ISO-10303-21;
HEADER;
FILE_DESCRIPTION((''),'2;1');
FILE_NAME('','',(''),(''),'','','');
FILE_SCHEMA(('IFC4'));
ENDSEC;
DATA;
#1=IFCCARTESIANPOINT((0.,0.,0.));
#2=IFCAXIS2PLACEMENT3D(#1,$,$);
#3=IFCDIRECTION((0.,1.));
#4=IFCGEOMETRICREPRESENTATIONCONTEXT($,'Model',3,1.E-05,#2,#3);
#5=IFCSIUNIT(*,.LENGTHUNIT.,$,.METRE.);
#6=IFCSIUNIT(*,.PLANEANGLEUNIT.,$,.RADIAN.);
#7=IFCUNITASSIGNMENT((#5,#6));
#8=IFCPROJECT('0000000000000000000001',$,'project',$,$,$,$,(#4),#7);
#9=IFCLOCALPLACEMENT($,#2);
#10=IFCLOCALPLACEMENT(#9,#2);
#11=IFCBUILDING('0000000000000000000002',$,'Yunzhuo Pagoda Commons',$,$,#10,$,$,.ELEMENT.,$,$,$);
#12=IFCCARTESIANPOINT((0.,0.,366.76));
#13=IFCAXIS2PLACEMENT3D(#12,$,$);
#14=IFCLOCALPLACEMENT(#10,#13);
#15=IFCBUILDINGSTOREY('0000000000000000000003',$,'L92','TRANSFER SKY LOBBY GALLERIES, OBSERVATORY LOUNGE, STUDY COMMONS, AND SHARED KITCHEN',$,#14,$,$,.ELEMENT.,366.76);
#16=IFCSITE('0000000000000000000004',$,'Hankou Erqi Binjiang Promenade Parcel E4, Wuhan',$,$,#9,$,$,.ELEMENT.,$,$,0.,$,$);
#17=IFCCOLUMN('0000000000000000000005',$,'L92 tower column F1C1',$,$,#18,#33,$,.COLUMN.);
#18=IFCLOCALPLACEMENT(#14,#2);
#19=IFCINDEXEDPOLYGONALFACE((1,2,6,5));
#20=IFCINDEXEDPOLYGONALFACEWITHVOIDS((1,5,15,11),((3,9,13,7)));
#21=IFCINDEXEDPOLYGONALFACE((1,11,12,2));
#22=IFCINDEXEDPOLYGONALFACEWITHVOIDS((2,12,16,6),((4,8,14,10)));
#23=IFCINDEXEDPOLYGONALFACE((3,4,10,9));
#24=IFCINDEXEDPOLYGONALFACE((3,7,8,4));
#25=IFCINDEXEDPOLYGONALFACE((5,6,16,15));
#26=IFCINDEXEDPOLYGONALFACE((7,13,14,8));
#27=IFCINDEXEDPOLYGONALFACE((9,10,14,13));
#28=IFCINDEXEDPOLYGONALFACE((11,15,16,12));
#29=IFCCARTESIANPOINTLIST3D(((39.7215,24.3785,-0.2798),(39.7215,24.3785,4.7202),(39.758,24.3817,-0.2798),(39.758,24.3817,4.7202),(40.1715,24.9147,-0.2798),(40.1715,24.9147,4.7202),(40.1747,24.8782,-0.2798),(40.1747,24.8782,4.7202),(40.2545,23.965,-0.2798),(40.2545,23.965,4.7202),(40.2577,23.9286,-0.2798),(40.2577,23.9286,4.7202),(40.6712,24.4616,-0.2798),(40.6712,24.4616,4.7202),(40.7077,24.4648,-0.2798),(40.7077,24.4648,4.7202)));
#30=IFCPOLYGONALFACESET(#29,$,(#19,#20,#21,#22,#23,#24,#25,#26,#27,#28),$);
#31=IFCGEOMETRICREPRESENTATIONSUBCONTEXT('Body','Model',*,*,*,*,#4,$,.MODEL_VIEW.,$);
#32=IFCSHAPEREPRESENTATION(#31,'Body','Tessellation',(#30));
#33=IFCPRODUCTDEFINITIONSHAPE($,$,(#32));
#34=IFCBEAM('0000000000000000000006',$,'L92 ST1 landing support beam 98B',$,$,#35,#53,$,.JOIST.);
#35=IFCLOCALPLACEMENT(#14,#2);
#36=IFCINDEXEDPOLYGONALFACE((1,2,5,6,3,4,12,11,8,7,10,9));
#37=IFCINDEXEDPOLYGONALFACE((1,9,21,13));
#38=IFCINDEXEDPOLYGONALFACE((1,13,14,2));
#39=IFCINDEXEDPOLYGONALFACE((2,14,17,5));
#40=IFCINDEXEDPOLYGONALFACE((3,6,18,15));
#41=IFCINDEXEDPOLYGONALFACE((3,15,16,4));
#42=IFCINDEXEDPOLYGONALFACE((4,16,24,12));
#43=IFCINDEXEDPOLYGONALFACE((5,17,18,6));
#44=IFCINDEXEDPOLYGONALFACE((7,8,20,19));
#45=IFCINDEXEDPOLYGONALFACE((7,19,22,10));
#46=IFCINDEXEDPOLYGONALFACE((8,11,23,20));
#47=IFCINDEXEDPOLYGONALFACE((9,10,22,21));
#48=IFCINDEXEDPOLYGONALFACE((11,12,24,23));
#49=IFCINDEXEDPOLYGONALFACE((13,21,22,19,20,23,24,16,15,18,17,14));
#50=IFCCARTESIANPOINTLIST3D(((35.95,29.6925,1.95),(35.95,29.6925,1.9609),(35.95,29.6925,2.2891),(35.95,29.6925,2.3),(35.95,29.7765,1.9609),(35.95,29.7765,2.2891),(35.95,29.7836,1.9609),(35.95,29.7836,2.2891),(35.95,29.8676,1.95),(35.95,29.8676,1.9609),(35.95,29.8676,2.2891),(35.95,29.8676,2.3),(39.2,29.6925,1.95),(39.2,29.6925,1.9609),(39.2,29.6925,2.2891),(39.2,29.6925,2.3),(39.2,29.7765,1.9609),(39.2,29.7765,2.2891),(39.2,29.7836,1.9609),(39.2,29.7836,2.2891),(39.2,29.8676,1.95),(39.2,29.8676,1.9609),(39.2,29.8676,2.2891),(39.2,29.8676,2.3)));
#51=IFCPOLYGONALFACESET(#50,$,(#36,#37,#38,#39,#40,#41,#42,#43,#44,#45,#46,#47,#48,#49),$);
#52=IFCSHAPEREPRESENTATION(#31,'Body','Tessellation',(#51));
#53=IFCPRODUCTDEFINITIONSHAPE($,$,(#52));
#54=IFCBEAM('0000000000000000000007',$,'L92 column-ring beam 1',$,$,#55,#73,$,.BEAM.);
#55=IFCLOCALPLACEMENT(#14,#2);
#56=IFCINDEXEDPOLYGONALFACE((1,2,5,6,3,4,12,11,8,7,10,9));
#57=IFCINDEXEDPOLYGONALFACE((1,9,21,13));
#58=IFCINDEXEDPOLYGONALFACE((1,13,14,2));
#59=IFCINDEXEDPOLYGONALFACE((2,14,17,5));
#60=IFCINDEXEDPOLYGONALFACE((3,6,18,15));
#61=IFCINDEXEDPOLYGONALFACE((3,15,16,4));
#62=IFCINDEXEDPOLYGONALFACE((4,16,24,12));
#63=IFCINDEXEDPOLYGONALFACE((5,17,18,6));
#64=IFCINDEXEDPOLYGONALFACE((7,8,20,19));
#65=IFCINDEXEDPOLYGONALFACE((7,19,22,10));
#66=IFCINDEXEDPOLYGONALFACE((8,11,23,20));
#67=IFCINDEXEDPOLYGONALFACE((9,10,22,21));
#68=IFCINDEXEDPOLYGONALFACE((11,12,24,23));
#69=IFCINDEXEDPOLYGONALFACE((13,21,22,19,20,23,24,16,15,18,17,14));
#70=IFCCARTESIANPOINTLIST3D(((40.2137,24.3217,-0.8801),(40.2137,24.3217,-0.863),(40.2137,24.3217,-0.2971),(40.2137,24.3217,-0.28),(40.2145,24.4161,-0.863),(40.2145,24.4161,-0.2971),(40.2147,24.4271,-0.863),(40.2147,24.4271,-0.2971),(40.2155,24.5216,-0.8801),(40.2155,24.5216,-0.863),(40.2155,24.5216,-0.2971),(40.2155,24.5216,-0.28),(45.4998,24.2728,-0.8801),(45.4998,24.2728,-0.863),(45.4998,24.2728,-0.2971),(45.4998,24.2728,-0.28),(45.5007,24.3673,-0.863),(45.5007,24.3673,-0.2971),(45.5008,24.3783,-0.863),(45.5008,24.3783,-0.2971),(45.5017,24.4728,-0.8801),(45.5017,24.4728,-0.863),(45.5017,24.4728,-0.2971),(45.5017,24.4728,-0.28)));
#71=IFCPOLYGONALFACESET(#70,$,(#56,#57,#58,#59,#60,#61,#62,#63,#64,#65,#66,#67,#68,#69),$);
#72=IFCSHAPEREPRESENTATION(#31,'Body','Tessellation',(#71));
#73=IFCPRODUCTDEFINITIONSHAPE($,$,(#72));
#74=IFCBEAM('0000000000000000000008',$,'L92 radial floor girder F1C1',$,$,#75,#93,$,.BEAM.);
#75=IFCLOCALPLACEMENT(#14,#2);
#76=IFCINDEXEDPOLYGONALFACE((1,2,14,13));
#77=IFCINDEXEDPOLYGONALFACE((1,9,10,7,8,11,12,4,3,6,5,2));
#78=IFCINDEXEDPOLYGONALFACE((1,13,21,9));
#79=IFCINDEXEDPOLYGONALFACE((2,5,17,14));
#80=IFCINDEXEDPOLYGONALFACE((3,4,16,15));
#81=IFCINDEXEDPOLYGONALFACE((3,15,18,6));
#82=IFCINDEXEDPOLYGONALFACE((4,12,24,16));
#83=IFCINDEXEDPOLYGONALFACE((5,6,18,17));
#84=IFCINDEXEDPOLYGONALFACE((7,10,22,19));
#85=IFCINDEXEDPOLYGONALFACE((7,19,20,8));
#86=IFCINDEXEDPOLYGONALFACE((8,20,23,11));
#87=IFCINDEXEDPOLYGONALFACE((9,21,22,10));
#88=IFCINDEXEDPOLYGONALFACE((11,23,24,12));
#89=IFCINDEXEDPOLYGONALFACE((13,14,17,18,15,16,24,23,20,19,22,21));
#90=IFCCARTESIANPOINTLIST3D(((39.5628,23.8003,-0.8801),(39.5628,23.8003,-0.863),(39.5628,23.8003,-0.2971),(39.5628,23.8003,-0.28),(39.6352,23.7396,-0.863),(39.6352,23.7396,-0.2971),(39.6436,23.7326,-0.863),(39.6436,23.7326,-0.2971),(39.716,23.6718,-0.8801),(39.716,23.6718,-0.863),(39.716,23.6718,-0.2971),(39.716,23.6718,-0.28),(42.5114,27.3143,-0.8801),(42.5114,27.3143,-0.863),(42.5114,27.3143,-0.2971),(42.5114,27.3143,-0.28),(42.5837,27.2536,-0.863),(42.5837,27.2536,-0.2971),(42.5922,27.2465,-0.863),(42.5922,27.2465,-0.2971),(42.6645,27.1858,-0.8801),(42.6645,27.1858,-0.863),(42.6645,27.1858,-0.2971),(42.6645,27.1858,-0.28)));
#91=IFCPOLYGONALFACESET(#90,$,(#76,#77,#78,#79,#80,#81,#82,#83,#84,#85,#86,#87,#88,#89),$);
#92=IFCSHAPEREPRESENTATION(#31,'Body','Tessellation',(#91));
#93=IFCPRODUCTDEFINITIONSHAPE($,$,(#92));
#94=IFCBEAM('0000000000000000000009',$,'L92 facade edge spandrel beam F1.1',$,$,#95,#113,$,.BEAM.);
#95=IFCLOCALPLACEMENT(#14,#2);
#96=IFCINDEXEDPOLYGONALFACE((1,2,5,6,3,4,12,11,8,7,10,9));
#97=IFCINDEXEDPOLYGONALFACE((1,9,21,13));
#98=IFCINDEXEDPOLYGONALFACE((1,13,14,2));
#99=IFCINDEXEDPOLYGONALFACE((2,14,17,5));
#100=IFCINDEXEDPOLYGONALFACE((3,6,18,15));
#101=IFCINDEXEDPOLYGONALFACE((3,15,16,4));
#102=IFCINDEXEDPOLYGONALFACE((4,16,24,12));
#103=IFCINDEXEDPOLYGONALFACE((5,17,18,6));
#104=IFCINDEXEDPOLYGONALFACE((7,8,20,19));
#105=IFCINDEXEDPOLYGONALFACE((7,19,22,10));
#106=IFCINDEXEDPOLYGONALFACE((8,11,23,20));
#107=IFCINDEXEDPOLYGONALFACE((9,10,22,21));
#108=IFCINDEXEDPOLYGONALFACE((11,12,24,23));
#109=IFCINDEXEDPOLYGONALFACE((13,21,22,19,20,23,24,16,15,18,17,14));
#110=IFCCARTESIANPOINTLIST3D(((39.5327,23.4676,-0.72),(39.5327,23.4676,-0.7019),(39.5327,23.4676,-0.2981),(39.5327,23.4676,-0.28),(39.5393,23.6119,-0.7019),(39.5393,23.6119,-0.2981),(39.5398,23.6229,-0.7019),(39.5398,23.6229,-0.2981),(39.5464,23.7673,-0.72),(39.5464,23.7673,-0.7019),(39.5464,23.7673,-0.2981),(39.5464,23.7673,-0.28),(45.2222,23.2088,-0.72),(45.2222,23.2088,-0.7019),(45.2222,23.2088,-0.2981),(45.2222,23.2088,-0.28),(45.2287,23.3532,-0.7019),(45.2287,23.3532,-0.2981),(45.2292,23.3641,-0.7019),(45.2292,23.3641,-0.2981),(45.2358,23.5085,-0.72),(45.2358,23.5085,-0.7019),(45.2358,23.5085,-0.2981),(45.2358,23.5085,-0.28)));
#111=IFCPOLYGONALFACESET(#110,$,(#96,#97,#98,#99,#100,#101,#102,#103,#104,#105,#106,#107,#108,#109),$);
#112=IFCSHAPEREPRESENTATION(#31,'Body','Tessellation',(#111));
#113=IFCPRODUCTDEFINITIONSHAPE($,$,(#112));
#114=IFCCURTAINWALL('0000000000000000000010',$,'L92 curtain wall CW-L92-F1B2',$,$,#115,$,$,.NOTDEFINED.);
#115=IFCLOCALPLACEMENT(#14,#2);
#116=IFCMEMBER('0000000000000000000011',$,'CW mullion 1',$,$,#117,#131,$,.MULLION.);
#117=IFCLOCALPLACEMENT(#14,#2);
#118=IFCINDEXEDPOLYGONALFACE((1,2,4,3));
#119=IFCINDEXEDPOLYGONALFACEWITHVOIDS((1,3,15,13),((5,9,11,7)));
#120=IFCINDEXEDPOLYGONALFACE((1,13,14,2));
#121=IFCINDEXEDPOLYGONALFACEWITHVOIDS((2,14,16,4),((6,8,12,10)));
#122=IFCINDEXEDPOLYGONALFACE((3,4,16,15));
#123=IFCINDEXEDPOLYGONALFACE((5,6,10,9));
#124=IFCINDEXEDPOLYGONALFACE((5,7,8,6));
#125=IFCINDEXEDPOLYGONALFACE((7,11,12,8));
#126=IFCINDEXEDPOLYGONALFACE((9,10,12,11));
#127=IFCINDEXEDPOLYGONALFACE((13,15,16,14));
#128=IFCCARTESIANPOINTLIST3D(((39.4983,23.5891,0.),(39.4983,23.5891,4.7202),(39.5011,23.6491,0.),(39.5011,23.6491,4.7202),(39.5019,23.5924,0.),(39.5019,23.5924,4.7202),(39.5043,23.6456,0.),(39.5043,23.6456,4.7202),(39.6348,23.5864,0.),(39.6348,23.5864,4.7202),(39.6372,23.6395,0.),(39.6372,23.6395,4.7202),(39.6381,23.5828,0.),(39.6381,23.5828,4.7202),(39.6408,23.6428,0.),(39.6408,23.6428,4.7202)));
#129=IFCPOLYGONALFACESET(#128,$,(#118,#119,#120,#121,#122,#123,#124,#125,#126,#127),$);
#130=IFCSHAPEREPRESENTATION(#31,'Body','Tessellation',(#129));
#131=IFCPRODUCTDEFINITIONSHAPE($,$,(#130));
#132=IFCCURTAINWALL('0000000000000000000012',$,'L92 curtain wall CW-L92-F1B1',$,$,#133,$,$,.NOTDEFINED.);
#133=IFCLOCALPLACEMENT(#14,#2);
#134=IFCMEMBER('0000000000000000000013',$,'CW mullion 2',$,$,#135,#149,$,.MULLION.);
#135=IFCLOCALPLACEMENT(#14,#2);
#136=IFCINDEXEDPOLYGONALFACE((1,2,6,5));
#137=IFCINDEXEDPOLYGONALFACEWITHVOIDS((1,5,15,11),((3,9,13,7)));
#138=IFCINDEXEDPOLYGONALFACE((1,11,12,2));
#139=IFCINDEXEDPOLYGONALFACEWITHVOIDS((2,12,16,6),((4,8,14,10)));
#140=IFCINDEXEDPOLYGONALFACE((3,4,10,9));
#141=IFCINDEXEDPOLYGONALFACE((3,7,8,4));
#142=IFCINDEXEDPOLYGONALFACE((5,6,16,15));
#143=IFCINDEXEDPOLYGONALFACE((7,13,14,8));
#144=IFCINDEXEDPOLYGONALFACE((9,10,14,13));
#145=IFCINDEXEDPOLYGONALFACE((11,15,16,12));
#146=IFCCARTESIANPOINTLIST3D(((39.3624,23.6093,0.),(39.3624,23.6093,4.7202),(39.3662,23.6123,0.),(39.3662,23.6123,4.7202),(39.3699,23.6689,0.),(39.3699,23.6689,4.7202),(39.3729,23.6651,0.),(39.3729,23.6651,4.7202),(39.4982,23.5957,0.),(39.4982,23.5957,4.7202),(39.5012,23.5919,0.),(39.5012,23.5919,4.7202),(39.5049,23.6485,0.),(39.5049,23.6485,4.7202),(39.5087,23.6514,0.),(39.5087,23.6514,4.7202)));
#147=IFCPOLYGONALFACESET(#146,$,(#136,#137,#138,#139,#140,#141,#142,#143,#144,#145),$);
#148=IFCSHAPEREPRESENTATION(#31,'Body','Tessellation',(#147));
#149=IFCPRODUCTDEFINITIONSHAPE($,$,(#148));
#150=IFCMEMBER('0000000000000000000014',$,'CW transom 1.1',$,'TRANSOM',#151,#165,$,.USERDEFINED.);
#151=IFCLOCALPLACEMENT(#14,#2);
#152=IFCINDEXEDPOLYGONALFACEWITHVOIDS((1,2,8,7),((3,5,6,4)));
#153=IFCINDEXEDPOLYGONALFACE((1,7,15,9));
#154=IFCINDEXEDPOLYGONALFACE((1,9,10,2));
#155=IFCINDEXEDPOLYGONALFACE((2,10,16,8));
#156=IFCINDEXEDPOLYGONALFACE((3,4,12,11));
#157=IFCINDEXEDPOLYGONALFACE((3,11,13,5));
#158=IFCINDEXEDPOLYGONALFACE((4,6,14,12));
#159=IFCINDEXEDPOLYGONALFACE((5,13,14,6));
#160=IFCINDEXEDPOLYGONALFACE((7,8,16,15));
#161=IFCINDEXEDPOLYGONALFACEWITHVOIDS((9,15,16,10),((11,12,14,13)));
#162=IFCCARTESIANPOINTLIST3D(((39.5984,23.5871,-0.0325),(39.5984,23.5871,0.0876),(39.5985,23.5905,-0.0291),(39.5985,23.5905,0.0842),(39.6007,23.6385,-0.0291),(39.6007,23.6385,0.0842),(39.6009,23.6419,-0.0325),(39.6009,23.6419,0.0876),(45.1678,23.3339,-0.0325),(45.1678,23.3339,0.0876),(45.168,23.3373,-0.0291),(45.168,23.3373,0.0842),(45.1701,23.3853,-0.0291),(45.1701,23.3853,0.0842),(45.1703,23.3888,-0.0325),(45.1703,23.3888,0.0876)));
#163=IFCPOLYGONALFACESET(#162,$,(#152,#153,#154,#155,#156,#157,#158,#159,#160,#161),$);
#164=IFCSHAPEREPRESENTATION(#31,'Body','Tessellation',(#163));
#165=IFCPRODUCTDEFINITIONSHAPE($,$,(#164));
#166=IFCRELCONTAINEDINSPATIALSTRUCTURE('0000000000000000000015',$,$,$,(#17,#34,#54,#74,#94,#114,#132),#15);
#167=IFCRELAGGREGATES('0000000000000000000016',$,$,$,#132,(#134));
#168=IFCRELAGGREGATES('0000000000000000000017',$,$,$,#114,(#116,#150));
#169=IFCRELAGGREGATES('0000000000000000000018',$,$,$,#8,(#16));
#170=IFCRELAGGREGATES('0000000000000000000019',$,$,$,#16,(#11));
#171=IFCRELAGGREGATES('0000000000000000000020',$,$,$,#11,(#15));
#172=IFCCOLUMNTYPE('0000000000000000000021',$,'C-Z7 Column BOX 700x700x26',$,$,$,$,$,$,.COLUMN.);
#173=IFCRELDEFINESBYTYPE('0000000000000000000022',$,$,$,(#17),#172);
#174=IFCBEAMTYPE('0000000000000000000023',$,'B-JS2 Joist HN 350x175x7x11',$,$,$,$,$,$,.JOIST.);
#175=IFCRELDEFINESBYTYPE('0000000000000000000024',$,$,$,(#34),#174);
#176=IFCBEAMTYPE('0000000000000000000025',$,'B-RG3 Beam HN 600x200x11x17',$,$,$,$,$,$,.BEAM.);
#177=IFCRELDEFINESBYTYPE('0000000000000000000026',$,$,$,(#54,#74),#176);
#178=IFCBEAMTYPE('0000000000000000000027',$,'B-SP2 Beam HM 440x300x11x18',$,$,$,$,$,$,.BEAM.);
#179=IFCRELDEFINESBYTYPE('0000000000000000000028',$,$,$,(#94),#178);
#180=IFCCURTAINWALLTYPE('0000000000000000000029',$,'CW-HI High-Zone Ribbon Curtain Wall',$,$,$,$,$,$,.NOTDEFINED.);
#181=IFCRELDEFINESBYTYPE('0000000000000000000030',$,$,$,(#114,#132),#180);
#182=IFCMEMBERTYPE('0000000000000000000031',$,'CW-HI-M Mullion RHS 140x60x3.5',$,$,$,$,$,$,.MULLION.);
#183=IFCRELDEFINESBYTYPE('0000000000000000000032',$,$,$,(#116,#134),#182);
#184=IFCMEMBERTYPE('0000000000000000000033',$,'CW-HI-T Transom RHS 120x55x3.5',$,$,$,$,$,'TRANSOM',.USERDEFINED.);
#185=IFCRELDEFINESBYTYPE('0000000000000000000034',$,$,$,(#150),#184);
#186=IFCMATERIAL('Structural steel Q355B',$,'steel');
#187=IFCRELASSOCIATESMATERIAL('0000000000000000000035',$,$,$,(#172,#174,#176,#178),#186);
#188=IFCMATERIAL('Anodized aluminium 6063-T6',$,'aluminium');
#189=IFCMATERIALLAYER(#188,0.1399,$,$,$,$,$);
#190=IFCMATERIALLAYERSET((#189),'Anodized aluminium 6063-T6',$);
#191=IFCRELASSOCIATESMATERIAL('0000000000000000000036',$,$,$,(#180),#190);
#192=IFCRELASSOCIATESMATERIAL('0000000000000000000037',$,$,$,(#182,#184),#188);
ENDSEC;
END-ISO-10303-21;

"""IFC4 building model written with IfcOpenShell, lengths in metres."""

from ifc_helpers import new_model, si_unit, direction, frame, origin, origin_2d, place, context, subcontext, project, spatial, hollow_rectangle, i_section, extrude, source, transform, mapped, material, layer, layer_set, material_profile, profile_set, type_object, element, aggregate, save


model = new_model("IFC4")

# Units and contexts
model_context = context("Model", 3, precision=1e-05, world=origin(), true_north=direction((0.0, 1.0)))
body_context = subcontext(model_context, "Body", "Model", "MODEL_VIEW")
ifc_project = project(units=[si_unit("LENGTHUNIT", "METRE"), si_unit("PLANEANGLEUNIT", "RADIAN")], contexts=[model_context])

# Site, building, storey
site_placement = place(None, origin())
site = spatial("IfcSite", under=ifc_project, at=site_placement, Name="Hankou Erqi Binjiang Promenade Parcel E4, Wuhan", CompositionType="ELEMENT", RefElevation=0.0)
building_placement = place(site_placement, origin())
building = spatial("IfcBuilding", under=site, at=building_placement, Name="Yunzhuo Pagoda Commons", CompositionType="ELEMENT")
storey_placement = place(building_placement, frame((0.0, 0.0, 366.76)))
storey = spatial("IfcBuildingStorey", under=building, at=storey_placement, Name="L92", Description="TRANSFER SKY LOBBY GALLERIES, OBSERVATORY LOUNGE, STUDY COMMONS, AND SHARED KITCHEN", CompositionType="ELEMENT", Elevation=366.76)

# Column
ifc_material_1 = material(Name="Structural steel Q355B", Category="steel")
ifc_material_profile_1 = material_profile(ifc_material_1, hollow_rectangle(XDim=0.7, YDim=0.7, WallThickness=0.0259, at=origin_2d()), Name="Structural steel Q355B")
ifc_profile_set_1 = profile_set([ifc_material_profile_1], Name="Structural steel Q355B")
column_type = type_object("IfcColumnType", Name="C-Z7 Column BOX 700x700x26", PredefinedType="COLUMN", material=ifc_profile_set_1)
shared_shape_1 = source(origin(), body_context, "Body", "SweptSolid", [
    extrude(hollow_rectangle(XDim=0.7, YDim=0.7, WallThickness=0.0259, at=origin_2d()), origin(), (0.0, 0.0, 1.0), 5.0),
])
column_placement = place(storey_placement, frame((40.2146, 24.4216, -0.2798), z_axis=(0.0, 0.0, 1.0), x_axis=(0.766044, -0.642788, 0.0)))
element("IfcColumn", 1, at=column_placement, inside=storey, type_object=column_type, Name="L92 tower column F1C1", PredefinedType="COLUMN", context=body_context, shape_type="MappedRepresentation", body=[
    mapped(shared_shape_1, transform((0.0, 0.0, 0.0), scale=1.0)),
])

# Beams
ifc_material_profile_2 = material_profile(ifc_material_1, i_section(OverallWidth=0.175, OverallDepth=0.3501, WebThickness=0.0071, FlangeThickness=0.011, at=origin_2d()), Name="Structural steel Q355B")
ifc_profile_set_2 = profile_set([ifc_material_profile_2], Name="Structural steel Q355B")
beam_type_1 = type_object("IfcBeamType", Name="B-JS2 Joist HN 350x175x7x11", PredefinedType="JOIST", material=ifc_profile_set_2)
shared_shape_2 = source(origin(), body_context, "Body", "SweptSolid", [
    extrude(i_section(OverallWidth=0.175, OverallDepth=0.3501, WebThickness=0.0071, FlangeThickness=0.011, at=origin_2d()), origin(), (0.0, 0.0, 1.0), 3.25),
])
beam_1_placement = place(storey_placement, frame((35.95, 29.78, 2.125), z_axis=(1.0, 0.0, 0.0), x_axis=(0.0, 1.0, 0.0)))
element("IfcBeam", 2, at=beam_1_placement, inside=storey, type_object=beam_type_1, Name="L92 ST1 landing support beam 98B", PredefinedType="JOIST", context=body_context, shape_type="MappedRepresentation", body=[
    mapped(shared_shape_2, transform((0.0, 0.0, 0.0), scale=1.0)),
])
ifc_material_profile_3 = material_profile(ifc_material_1, i_section(OverallWidth=0.2, OverallDepth=0.6001, WebThickness=0.011, FlangeThickness=0.0171, at=origin_2d()), Name="Structural steel Q355B")
ifc_profile_set_3 = profile_set([ifc_material_profile_3], Name="Structural steel Q355B")
beam_type_2 = type_object("IfcBeamType", Name="B-RG3 Beam HN 600x200x11x17", PredefinedType="BEAM", material=ifc_profile_set_3)
shared_shape_3 = source(origin(), body_context, "Body", "SweptSolid", [
    extrude(i_section(OverallWidth=0.2, OverallDepth=0.6001, WebThickness=0.011, FlangeThickness=0.0171, at=origin_2d()), origin(), (0.0, 0.0, 1.0), 5.2864),
])
beam_2_placement = place(storey_placement, frame((40.2146, 24.4216, -0.5801), z_axis=(0.999957, -0.009237, 0.0), x_axis=(0.009237, 0.999957, 0.0)))
element("IfcBeam", 3, at=beam_2_placement, inside=storey, type_object=beam_type_2, Name="L92 column-ring beam 1", PredefinedType="BEAM", context=body_context, shape_type="MappedRepresentation", body=[
    mapped(shared_shape_3, transform((0.0, 0.0, 0.0), scale=1.0)),
])
shared_shape_4 = source(origin(), body_context, "Body", "SweptSolid", [
    extrude(i_section(OverallWidth=0.2, OverallDepth=0.6001, WebThickness=0.011, FlangeThickness=0.0171, at=origin_2d()), origin(), (0.0, 0.0, 1.0), 4.5872),
])
beam_3_placement = place(storey_placement, frame((39.6394, 23.7361, -0.5801), z_axis=(0.642783, 0.766049, 0.0), x_axis=(-0.766049, 0.642783, 0.0)))
element("IfcBeam", 4, at=beam_3_placement, inside=storey, type_object=beam_type_2, Name="L92 radial floor girder F1C1", PredefinedType="BEAM", context=body_context, shape_type="MappedRepresentation", body=[
    mapped(shared_shape_4, transform((0.0, 0.0, 0.0), scale=1.0)),
])
ifc_material_profile_4 = material_profile(ifc_material_1, i_section(OverallWidth=0.3, OverallDepth=0.4399, WebThickness=0.011, FlangeThickness=0.0181, at=origin_2d()), Name="Structural steel Q355B")
ifc_profile_set_4 = profile_set([ifc_material_profile_4], Name="Structural steel Q355B")
beam_type_3 = type_object("IfcBeamType", Name="B-SP2 Beam HM 440x300x11x18", PredefinedType="BEAM", material=ifc_profile_set_4)
shared_shape_5 = source(origin(), body_context, "Body", "SweptSolid", [
    extrude(i_section(OverallWidth=0.3, OverallDepth=0.4399, WebThickness=0.011, FlangeThickness=0.0181, at=origin_2d()), origin(), (0.0, 0.0, 1.0), 5.6953),
])
beam_4_placement = place(storey_placement, frame((39.5396, 23.6174, -0.5), z_axis=(0.998967, -0.045439, 0.0), x_axis=(0.045439, 0.998967, 0.0)))
element("IfcBeam", 5, at=beam_4_placement, inside=storey, type_object=beam_type_3, Name="L92 facade edge spandrel beam F1.1", PredefinedType="BEAM", context=body_context, shape_type="MappedRepresentation", body=[
    mapped(shared_shape_5, transform((0.0, 0.0, 0.0), scale=1.0)),
])

# Curtain walls, members
ifc_material_2 = material(Name="Anodized aluminium 6063-T6", Category="aluminium")
ifc_layer_1 = layer(ifc_material_2, 0.1399)
ifc_layer_set_1 = layer_set([ifc_layer_1], Name="Anodized aluminium 6063-T6")
curtain_wall_type = type_object("IfcCurtainWallType", Name="CW-HI High-Zone Ribbon Curtain Wall", PredefinedType="NOTDEFINED", material=ifc_layer_set_1)
curtain_wall_1_placement = place(storey_placement, origin())
curtain_wall_1 = element("IfcCurtainWall", 6, at=curtain_wall_1_placement, inside=storey, type_object=curtain_wall_type, Name="L92 curtain wall CW-L92-F1B2", PredefinedType="NOTDEFINED")
ifc_material_profile_5 = material_profile(ifc_material_2, hollow_rectangle(XDim=0.0601, YDim=0.1399, WallThickness=0.0034, at=origin_2d()), Name="Anodized aluminium 6063-T6")
ifc_profile_set_5 = profile_set([ifc_material_profile_5], Name="Anodized aluminium 6063-T6")
member_type_1 = type_object("IfcMemberType", Name="CW-HI-M Mullion RHS 140x60x3.5", PredefinedType="MULLION", material=ifc_profile_set_5)
shared_shape_6 = source(origin(), body_context, "Body", "SweptSolid", [
    extrude(hollow_rectangle(XDim=0.0601, YDim=0.1399, WallThickness=0.0034, at=origin_2d()), origin(), (0.0, 0.0, 1.0), 4.7202),
])
member_1_placement = place(storey_placement, frame((39.5696, 23.616, 0.0), z_axis=(0.0, 0.0, 1.0), x_axis=(0.045424, 0.998968, 0.0)))
member_1 = element("IfcMember", 7, at=member_1_placement, type_object=member_type_1, Name="CW mullion 1", PredefinedType="MULLION", context=body_context, shape_type="MappedRepresentation", body=[
    mapped(shared_shape_6, transform((0.0, 0.0, 0.0), scale=1.0)),
])
curtain_wall_2_placement = place(storey_placement, origin())
curtain_wall_2 = element("IfcCurtainWall", 8, at=curtain_wall_2_placement, inside=storey, type_object=curtain_wall_type, Name="L92 curtain wall CW-L92-F1B1", PredefinedType="NOTDEFINED")
member_2_placement = place(storey_placement, frame((39.4355, 23.6304, 0.0), z_axis=(0.0, 0.0, 1.0), x_axis=(0.124712, 0.992193, 0.0)))
member_2 = element("IfcMember", 9, at=member_2_placement, type_object=member_type_1, Name="CW mullion 2", PredefinedType="MULLION", context=body_context, shape_type="MappedRepresentation", body=[
    mapped(shared_shape_6, transform((0.0, 0.0, 0.0), scale=1.0)),
])
aggregate(curtain_wall_2, [member_2])

# Member
ifc_material_profile_6 = material_profile(ifc_material_2, hollow_rectangle(XDim=0.0549, YDim=0.1201, WallThickness=0.0034, at=origin_2d()), Name="Anodized aluminium 6063-T6")
ifc_profile_set_6 = profile_set([ifc_material_profile_6], Name="Anodized aluminium 6063-T6")
member_type_2 = type_object("IfcMemberType", Name="CW-HI-T Transom RHS 120x55x3.5", ElementType="TRANSOM", PredefinedType="USERDEFINED", material=ifc_profile_set_6)
shared_shape_7 = source(origin(), body_context, "Body", "SweptSolid", [
    extrude(hollow_rectangle(XDim=0.0549, YDim=0.1201, WallThickness=0.0034, at=origin_2d()), origin(), (0.0, 0.0, 1.0), 5.5752),
])
member_3_placement = place(storey_placement, frame((39.5996, 23.6145, 0.0276), z_axis=(0.998968, -0.045412, 0.0), x_axis=(0.045412, 0.998968, 0.0)))
member_3 = element("IfcMember", 10, at=member_3_placement, type_object=member_type_2, Name="CW transom 1.1", ObjectType="TRANSOM", PredefinedType="USERDEFINED", context=body_context, shape_type="MappedRepresentation", body=[
    mapped(shared_shape_7, transform((0.0, 0.0, 0.0), scale=1.0)),
])
aggregate(curtain_wall_1, [member_1, member_3])

save(model, "model.ifc")
